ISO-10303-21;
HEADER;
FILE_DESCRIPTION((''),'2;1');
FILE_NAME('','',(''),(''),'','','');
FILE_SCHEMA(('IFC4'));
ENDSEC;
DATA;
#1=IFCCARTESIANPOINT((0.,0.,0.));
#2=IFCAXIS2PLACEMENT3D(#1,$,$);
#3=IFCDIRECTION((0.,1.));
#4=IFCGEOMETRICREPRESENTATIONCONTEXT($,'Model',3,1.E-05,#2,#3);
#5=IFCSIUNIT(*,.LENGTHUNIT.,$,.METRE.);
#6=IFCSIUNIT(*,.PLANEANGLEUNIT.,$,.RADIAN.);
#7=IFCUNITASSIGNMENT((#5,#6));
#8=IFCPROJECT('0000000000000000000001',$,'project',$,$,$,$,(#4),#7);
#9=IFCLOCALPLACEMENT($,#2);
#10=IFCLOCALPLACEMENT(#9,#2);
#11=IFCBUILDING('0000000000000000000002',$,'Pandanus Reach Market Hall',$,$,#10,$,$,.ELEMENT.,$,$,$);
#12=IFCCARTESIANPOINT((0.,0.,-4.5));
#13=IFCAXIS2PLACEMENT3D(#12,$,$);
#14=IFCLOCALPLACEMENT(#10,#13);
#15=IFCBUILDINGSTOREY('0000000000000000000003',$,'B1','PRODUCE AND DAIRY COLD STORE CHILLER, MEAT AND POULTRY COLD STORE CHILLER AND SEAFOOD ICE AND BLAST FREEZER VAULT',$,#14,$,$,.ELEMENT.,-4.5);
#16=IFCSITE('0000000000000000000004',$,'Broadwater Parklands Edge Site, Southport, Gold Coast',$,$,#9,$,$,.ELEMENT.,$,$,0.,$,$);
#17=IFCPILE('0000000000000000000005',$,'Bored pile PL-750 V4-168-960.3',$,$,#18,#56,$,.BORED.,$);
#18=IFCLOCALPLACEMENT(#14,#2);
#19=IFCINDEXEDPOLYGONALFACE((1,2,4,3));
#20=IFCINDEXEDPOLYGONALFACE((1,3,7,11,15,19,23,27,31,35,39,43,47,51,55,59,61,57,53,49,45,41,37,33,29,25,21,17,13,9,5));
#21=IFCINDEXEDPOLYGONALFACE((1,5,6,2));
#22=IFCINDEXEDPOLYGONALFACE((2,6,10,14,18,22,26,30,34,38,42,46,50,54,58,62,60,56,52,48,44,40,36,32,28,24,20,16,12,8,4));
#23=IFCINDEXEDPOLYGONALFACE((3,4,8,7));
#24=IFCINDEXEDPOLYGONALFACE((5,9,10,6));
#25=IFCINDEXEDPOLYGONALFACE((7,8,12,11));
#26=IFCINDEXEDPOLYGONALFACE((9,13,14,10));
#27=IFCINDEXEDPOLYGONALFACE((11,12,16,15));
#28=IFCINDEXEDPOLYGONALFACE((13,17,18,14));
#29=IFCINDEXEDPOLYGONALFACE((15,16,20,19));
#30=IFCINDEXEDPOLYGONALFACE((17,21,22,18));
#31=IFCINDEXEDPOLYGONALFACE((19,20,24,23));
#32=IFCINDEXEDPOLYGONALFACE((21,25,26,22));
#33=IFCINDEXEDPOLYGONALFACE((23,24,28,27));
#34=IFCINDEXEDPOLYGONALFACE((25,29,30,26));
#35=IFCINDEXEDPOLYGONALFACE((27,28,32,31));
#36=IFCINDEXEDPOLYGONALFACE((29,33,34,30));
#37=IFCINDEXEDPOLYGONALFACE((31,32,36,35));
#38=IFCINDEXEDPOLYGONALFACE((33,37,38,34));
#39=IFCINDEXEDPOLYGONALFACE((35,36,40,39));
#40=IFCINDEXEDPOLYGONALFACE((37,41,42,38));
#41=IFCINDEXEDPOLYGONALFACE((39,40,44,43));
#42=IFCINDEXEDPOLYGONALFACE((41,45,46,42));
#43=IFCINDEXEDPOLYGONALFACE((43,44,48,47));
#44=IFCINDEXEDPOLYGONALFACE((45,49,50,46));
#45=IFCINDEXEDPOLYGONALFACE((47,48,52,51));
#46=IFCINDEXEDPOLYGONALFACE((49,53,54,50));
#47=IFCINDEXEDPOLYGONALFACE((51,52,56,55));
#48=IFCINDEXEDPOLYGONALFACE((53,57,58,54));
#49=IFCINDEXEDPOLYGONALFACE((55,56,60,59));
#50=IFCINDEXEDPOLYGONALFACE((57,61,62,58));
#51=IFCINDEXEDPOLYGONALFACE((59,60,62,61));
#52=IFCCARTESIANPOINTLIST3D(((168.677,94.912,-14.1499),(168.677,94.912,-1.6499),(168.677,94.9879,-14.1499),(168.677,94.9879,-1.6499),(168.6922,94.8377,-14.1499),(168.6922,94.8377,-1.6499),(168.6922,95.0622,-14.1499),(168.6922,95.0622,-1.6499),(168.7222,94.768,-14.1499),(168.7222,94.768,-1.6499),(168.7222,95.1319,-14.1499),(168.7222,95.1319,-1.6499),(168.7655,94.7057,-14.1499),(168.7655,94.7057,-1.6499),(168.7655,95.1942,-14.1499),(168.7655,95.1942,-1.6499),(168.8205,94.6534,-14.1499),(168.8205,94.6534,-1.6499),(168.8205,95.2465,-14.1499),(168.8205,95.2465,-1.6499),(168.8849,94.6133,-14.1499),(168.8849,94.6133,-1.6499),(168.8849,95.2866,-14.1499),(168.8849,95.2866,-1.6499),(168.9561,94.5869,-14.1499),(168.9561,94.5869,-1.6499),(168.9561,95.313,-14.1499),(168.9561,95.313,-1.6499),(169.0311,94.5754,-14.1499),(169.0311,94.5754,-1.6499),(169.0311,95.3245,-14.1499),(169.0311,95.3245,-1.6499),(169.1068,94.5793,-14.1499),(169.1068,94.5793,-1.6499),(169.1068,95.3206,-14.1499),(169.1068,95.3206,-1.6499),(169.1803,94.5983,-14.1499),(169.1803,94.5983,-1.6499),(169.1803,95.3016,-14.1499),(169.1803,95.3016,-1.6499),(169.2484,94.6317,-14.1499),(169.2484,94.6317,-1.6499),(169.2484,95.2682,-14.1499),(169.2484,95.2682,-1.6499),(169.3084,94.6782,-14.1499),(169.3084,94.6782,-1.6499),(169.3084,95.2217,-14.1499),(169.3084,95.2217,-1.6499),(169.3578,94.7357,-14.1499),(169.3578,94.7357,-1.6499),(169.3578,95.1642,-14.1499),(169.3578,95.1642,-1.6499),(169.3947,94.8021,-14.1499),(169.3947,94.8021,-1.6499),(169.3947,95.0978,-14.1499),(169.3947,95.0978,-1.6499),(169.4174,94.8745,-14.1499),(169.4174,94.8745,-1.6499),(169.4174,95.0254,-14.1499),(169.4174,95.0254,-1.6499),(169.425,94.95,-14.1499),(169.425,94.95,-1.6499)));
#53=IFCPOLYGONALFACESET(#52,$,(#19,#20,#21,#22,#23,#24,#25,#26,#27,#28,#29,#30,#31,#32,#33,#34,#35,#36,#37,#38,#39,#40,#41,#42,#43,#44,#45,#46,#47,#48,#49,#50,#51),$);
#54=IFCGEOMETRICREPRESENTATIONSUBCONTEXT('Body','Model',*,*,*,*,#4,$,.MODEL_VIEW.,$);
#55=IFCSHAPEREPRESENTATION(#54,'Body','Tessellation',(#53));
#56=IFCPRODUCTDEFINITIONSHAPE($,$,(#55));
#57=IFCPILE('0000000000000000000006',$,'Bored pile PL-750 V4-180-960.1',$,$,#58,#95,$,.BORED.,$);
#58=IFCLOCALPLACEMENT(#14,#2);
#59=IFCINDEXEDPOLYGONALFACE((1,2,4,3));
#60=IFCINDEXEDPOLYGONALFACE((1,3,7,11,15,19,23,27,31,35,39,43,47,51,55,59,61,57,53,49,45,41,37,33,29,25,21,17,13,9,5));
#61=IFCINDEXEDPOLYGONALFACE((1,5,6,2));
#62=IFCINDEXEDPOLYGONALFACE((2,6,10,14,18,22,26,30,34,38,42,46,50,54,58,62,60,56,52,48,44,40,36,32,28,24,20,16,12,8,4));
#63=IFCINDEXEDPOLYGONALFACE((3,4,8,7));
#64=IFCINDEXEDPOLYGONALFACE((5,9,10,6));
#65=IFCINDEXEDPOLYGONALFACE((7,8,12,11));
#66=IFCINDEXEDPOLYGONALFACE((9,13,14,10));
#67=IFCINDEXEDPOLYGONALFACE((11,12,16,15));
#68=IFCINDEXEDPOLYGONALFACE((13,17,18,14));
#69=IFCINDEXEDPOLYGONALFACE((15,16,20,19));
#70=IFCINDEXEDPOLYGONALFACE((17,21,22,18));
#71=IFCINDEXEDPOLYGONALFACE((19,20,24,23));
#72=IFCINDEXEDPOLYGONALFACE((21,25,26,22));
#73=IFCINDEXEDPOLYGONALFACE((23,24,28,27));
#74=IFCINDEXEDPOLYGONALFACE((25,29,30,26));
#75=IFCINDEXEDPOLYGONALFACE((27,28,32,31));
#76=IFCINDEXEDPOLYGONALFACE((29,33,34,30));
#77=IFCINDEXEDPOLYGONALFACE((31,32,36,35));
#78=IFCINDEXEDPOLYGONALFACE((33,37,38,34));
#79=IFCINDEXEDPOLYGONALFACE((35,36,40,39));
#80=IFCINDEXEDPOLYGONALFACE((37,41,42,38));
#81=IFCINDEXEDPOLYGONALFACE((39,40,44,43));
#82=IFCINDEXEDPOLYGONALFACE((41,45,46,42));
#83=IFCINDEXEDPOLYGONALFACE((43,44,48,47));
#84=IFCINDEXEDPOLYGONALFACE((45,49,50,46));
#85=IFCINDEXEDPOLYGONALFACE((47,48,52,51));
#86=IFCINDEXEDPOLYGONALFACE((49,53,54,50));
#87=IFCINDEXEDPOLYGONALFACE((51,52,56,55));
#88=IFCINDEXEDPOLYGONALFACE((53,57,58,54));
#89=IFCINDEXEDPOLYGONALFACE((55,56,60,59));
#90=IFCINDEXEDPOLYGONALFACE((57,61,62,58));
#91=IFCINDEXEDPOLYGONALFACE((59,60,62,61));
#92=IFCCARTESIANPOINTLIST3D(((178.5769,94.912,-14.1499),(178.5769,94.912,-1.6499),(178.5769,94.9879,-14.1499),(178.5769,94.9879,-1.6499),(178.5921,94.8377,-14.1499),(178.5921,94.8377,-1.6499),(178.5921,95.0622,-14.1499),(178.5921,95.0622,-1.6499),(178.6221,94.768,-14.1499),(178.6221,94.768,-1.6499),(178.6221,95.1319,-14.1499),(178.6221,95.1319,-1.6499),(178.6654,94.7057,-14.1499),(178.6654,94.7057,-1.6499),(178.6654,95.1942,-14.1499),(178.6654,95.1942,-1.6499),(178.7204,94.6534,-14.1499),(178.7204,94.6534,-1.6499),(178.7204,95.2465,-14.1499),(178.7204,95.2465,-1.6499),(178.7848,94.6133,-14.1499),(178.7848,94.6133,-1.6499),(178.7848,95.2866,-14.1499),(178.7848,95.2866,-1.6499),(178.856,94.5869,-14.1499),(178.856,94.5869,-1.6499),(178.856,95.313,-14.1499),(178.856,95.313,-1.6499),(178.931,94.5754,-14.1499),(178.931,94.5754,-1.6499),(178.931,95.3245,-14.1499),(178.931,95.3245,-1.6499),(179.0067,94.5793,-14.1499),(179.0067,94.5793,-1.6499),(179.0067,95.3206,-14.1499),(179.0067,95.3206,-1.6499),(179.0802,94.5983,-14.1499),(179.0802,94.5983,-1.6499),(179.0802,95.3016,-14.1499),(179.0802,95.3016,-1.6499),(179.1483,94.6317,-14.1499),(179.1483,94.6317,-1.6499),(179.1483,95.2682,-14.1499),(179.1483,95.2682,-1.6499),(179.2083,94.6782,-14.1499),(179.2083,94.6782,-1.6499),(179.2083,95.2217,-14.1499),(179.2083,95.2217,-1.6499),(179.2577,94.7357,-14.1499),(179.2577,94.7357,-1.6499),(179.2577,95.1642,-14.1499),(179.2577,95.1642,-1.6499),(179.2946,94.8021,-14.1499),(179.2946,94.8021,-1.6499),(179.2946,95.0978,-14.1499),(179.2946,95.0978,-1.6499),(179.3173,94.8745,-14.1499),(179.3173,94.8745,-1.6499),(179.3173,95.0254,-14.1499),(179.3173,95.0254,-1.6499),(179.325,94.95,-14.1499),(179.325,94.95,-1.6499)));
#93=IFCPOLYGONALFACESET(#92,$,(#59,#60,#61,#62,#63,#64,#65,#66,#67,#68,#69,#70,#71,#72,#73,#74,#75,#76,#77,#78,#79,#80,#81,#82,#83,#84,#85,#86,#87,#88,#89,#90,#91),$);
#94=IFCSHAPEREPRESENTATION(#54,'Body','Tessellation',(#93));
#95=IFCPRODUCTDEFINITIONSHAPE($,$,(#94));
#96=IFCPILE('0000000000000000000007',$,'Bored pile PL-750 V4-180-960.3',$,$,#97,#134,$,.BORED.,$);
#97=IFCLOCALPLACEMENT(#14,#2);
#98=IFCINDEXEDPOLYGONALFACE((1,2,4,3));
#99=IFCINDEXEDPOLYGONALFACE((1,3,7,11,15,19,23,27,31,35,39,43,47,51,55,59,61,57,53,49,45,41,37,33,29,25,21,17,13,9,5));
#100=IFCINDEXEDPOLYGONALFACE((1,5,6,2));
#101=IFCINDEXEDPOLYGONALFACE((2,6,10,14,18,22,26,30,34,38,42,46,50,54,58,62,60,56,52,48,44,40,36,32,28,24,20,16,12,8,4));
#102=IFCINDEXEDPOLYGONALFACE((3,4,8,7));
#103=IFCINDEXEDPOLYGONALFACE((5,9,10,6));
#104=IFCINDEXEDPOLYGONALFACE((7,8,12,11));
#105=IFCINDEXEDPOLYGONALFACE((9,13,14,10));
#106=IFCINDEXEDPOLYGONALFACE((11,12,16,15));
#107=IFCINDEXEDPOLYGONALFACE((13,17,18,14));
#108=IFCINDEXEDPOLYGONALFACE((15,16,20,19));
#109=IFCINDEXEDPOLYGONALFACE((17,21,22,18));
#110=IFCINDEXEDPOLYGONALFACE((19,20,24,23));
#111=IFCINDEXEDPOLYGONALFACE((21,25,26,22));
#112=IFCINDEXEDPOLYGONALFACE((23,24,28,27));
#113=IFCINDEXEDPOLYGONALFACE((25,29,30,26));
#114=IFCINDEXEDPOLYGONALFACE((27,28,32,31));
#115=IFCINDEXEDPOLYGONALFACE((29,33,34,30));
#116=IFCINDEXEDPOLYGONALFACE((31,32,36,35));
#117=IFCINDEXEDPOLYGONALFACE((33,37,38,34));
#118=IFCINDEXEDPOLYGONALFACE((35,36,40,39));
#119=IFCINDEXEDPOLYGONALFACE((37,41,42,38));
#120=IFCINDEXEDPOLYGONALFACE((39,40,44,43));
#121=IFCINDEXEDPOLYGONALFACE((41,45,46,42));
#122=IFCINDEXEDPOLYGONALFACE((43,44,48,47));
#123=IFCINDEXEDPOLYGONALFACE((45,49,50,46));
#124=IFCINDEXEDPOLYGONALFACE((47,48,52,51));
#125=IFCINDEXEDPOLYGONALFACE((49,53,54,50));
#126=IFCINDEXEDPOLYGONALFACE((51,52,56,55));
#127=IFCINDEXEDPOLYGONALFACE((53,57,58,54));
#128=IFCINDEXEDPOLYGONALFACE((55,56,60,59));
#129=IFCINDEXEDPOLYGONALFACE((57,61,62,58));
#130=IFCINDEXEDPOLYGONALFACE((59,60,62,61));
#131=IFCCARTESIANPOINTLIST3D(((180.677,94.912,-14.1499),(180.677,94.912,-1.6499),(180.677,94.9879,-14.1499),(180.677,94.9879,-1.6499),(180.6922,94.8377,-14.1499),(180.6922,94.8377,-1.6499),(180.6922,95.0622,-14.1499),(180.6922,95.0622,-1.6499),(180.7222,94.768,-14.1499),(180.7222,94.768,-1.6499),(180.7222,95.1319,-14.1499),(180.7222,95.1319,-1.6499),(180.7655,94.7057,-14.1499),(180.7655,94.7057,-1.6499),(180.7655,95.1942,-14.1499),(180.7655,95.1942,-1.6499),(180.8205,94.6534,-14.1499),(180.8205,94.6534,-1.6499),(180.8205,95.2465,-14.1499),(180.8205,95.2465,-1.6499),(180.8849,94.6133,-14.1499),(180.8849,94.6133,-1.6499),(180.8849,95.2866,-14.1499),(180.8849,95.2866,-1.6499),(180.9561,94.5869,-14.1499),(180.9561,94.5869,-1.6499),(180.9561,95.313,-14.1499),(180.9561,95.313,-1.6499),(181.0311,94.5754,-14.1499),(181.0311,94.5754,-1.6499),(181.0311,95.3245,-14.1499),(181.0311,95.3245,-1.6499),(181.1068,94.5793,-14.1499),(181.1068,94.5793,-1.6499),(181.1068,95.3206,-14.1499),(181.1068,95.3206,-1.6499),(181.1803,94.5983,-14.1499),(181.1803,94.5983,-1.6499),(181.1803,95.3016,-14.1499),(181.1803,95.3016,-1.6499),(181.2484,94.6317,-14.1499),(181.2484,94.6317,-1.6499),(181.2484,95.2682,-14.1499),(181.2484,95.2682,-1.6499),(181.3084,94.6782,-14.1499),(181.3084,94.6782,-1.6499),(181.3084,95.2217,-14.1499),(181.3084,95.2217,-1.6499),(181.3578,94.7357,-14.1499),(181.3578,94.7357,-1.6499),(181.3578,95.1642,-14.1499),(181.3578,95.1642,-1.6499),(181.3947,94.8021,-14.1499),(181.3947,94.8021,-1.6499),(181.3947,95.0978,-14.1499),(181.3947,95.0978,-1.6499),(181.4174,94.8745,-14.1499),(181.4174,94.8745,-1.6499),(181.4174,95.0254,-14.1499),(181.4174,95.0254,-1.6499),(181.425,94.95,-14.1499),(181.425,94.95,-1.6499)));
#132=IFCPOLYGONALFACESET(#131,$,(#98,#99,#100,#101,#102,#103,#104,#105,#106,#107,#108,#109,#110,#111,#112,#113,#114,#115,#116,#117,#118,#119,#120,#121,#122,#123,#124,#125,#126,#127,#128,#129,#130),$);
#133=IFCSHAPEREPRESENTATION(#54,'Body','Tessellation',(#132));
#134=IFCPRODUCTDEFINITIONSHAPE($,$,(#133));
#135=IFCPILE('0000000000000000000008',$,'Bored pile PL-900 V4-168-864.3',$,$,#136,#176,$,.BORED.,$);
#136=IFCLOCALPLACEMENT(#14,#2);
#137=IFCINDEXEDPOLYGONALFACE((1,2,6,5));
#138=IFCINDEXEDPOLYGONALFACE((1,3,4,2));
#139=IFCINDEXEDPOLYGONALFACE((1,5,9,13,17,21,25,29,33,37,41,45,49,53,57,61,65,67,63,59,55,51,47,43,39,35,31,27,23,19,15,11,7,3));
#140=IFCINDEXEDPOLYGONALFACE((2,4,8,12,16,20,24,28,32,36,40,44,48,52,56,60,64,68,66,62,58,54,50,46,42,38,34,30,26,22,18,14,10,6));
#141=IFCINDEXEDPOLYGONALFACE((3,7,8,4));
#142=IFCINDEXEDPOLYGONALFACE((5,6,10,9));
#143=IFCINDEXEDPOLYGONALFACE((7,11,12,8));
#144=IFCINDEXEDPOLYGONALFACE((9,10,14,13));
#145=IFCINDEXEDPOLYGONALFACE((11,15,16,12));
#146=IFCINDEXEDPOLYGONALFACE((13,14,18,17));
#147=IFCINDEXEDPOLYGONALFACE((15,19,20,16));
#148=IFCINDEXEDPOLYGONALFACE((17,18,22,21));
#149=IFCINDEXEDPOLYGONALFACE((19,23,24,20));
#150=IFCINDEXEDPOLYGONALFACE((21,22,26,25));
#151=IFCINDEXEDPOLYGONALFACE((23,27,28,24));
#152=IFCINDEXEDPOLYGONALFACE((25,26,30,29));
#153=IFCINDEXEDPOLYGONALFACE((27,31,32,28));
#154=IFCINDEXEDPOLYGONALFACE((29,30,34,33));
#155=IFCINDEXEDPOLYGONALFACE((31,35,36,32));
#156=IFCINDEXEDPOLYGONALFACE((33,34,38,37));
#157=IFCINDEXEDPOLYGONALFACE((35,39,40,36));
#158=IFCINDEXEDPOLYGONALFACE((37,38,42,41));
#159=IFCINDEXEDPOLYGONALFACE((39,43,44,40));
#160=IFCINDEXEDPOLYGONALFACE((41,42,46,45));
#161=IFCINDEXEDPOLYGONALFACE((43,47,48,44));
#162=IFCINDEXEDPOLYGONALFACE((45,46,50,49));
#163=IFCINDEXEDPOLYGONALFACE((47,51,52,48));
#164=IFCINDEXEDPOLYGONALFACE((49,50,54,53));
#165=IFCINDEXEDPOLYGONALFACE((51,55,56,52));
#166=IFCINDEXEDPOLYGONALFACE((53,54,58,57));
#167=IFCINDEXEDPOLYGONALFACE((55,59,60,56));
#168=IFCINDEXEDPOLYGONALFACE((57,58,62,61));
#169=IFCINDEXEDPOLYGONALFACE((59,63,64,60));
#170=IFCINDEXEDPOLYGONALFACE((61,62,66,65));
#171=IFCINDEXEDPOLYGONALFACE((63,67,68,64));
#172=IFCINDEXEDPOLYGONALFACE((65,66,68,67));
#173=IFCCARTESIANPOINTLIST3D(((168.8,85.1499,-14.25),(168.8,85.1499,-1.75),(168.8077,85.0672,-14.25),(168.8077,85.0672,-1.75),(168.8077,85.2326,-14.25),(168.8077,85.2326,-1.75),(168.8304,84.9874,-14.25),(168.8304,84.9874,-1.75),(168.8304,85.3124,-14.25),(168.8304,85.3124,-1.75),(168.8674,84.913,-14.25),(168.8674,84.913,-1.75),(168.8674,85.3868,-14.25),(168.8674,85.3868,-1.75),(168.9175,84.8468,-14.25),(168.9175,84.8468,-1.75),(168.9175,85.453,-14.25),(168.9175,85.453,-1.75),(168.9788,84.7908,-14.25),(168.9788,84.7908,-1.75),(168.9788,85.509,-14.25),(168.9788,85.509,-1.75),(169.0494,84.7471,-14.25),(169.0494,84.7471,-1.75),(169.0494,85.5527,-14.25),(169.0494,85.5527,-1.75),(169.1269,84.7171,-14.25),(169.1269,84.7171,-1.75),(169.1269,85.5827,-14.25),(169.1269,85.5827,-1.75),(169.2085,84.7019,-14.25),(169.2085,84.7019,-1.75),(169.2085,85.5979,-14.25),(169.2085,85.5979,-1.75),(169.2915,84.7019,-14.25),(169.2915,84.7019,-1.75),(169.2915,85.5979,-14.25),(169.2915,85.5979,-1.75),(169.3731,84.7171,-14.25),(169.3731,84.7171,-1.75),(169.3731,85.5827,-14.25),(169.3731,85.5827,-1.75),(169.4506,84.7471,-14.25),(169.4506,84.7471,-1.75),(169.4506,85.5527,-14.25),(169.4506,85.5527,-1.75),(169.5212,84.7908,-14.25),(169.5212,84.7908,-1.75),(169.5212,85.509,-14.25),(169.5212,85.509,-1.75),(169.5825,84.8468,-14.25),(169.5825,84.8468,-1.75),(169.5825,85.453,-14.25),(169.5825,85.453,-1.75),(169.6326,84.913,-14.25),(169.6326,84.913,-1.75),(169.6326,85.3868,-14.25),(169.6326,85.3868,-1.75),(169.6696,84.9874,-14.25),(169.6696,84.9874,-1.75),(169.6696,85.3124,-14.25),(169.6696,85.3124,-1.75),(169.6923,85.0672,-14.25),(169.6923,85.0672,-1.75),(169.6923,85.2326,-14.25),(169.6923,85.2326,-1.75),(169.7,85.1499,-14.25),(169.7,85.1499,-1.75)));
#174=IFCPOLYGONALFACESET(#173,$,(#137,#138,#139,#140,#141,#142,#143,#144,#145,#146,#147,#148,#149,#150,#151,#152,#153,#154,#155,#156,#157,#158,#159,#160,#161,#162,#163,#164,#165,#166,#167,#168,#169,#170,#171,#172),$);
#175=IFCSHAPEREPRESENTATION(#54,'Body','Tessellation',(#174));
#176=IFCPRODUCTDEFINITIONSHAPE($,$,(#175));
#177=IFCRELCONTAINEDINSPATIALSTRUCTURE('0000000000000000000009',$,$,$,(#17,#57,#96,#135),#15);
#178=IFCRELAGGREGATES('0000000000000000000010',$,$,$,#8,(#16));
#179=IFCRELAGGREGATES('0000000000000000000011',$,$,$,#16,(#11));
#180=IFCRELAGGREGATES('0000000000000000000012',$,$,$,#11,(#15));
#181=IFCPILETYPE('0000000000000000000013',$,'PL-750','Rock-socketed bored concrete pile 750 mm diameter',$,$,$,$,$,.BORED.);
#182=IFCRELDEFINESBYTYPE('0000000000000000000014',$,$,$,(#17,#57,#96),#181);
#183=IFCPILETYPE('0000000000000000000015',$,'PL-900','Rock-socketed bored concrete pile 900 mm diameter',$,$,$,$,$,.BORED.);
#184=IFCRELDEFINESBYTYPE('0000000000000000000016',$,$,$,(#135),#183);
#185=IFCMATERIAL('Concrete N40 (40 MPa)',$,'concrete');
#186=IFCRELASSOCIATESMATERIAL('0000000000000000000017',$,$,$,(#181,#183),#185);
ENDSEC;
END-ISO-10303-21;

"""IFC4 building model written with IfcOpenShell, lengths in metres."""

from ifc_helpers import new_model, si_unit, direction, frame, origin, origin_2d, place, context, subcontext, project, spatial, circle, extrude, material, material_profile, profile_set, type_object, element, save


model = new_model("IFC4")

# Units and contexts
model_context = context("Model", 3, precision=1e-05, world=origin(), true_north=direction((0.0, 1.0)))
body_context = subcontext(model_context, "Body", "Model", "MODEL_VIEW")
ifc_project = project(units=[si_unit("LENGTHUNIT", "METRE"), si_unit("PLANEANGLEUNIT", "RADIAN")], contexts=[model_context])

# Site, building, storey
site_placement = place(None, origin())
site = spatial("IfcSite", under=ifc_project, at=site_placement, Name="Broadwater Parklands Edge Site, Southport, Gold Coast", CompositionType="ELEMENT", RefElevation=0.0)
building_placement = place(site_placement, origin())
building = spatial("IfcBuilding", under=site, at=building_placement, Name="Pandanus Reach Market Hall", CompositionType="ELEMENT")
storey_placement = place(building_placement, frame((0.0, 0.0, -4.5)))
storey = spatial("IfcBuildingStorey", under=building, at=storey_placement, Name="B1", Description="PRODUCE AND DAIRY COLD STORE CHILLER, MEAT AND POULTRY COLD STORE CHILLER AND SEAFOOD ICE AND BLAST FREEZER VAULT", CompositionType="ELEMENT", Elevation=-4.5)

# Shared definitions
ifc_material_1 = material(Name="Concrete N40 (40 MPa)", Category="concrete")

# Piles
ifc_material_profile_1 = material_profile(ifc_material_1, circle(Radius=0.375, at=origin_2d()), Name="PILE-750D", Category="LoadBearing")
ifc_profile_set_1 = profile_set([ifc_material_profile_1], Name="Concrete N40 (40 MPa)")
pile_type_1 = type_object("IfcPileType", Name="PL-750", Description="Rock-socketed bored concrete pile 750 mm diameter", PredefinedType="BORED", material=ifc_profile_set_1)
for number, where, z_axis, x_axis, name in (
    (1, (169.05, 94.95, -1.6499), (0.0, 0.0, -1.0), (1.0, 0.0, 0.0), "Bored pile PL-750 V4-168-960.3"),
    (2, (178.95, 94.95, -1.6499), (0.0, 0.0, -1.0), (1.0, 0.0, 0.0), "Bored pile PL-750 V4-180-960.1"),
    (3, (181.05, 94.95, -1.6499), (0.0, 0.0, -1.0), (1.0, 0.0, 0.0), "Bored pile PL-750 V4-180-960.3"),
):
    element("IfcPile", number, at=place(storey_placement, frame(where, z_axis=z_axis, x_axis=x_axis)), inside=storey, type_object=pile_type_1, Name=name, PredefinedType="BORED", context=body_context, shape_type="SweptSolid", body=[
        extrude(circle(Radius=0.375, at=origin_2d()), origin(), (0.0, 0.0, 1.0), 12.5),
    ])
ifc_material_profile_2 = material_profile(ifc_material_1, circle(Radius=0.45, at=origin_2d()), Name="PILE-900D", Category="LoadBearing")
ifc_profile_set_2 = profile_set([ifc_material_profile_2], Name="Concrete N40 (40 MPa)")
pile_type_2 = type_object("IfcPileType", Name="PL-900", Description="Rock-socketed bored concrete pile 900 mm diameter", PredefinedType="BORED", material=ifc_profile_set_2)
for number, where, z_axis, x_axis, name in (
    (4, (169.25, 85.1499, -1.75), (0.0, 0.0, -1.0), (1.0, 0.0, 0.0), "Bored pile PL-900 V4-168-864.3"),
):
    element("IfcPile", number, at=place(storey_placement, frame(where, z_axis=z_axis, x_axis=x_axis)), inside=storey, type_object=pile_type_2, Name=name, PredefinedType="BORED", context=body_context, shape_type="SweptSolid", body=[
        extrude(circle(Radius=0.45, at=origin_2d()), origin(), (0.0, 0.0, 1.0), 12.5),
    ])

save(model, "model.ifc")
